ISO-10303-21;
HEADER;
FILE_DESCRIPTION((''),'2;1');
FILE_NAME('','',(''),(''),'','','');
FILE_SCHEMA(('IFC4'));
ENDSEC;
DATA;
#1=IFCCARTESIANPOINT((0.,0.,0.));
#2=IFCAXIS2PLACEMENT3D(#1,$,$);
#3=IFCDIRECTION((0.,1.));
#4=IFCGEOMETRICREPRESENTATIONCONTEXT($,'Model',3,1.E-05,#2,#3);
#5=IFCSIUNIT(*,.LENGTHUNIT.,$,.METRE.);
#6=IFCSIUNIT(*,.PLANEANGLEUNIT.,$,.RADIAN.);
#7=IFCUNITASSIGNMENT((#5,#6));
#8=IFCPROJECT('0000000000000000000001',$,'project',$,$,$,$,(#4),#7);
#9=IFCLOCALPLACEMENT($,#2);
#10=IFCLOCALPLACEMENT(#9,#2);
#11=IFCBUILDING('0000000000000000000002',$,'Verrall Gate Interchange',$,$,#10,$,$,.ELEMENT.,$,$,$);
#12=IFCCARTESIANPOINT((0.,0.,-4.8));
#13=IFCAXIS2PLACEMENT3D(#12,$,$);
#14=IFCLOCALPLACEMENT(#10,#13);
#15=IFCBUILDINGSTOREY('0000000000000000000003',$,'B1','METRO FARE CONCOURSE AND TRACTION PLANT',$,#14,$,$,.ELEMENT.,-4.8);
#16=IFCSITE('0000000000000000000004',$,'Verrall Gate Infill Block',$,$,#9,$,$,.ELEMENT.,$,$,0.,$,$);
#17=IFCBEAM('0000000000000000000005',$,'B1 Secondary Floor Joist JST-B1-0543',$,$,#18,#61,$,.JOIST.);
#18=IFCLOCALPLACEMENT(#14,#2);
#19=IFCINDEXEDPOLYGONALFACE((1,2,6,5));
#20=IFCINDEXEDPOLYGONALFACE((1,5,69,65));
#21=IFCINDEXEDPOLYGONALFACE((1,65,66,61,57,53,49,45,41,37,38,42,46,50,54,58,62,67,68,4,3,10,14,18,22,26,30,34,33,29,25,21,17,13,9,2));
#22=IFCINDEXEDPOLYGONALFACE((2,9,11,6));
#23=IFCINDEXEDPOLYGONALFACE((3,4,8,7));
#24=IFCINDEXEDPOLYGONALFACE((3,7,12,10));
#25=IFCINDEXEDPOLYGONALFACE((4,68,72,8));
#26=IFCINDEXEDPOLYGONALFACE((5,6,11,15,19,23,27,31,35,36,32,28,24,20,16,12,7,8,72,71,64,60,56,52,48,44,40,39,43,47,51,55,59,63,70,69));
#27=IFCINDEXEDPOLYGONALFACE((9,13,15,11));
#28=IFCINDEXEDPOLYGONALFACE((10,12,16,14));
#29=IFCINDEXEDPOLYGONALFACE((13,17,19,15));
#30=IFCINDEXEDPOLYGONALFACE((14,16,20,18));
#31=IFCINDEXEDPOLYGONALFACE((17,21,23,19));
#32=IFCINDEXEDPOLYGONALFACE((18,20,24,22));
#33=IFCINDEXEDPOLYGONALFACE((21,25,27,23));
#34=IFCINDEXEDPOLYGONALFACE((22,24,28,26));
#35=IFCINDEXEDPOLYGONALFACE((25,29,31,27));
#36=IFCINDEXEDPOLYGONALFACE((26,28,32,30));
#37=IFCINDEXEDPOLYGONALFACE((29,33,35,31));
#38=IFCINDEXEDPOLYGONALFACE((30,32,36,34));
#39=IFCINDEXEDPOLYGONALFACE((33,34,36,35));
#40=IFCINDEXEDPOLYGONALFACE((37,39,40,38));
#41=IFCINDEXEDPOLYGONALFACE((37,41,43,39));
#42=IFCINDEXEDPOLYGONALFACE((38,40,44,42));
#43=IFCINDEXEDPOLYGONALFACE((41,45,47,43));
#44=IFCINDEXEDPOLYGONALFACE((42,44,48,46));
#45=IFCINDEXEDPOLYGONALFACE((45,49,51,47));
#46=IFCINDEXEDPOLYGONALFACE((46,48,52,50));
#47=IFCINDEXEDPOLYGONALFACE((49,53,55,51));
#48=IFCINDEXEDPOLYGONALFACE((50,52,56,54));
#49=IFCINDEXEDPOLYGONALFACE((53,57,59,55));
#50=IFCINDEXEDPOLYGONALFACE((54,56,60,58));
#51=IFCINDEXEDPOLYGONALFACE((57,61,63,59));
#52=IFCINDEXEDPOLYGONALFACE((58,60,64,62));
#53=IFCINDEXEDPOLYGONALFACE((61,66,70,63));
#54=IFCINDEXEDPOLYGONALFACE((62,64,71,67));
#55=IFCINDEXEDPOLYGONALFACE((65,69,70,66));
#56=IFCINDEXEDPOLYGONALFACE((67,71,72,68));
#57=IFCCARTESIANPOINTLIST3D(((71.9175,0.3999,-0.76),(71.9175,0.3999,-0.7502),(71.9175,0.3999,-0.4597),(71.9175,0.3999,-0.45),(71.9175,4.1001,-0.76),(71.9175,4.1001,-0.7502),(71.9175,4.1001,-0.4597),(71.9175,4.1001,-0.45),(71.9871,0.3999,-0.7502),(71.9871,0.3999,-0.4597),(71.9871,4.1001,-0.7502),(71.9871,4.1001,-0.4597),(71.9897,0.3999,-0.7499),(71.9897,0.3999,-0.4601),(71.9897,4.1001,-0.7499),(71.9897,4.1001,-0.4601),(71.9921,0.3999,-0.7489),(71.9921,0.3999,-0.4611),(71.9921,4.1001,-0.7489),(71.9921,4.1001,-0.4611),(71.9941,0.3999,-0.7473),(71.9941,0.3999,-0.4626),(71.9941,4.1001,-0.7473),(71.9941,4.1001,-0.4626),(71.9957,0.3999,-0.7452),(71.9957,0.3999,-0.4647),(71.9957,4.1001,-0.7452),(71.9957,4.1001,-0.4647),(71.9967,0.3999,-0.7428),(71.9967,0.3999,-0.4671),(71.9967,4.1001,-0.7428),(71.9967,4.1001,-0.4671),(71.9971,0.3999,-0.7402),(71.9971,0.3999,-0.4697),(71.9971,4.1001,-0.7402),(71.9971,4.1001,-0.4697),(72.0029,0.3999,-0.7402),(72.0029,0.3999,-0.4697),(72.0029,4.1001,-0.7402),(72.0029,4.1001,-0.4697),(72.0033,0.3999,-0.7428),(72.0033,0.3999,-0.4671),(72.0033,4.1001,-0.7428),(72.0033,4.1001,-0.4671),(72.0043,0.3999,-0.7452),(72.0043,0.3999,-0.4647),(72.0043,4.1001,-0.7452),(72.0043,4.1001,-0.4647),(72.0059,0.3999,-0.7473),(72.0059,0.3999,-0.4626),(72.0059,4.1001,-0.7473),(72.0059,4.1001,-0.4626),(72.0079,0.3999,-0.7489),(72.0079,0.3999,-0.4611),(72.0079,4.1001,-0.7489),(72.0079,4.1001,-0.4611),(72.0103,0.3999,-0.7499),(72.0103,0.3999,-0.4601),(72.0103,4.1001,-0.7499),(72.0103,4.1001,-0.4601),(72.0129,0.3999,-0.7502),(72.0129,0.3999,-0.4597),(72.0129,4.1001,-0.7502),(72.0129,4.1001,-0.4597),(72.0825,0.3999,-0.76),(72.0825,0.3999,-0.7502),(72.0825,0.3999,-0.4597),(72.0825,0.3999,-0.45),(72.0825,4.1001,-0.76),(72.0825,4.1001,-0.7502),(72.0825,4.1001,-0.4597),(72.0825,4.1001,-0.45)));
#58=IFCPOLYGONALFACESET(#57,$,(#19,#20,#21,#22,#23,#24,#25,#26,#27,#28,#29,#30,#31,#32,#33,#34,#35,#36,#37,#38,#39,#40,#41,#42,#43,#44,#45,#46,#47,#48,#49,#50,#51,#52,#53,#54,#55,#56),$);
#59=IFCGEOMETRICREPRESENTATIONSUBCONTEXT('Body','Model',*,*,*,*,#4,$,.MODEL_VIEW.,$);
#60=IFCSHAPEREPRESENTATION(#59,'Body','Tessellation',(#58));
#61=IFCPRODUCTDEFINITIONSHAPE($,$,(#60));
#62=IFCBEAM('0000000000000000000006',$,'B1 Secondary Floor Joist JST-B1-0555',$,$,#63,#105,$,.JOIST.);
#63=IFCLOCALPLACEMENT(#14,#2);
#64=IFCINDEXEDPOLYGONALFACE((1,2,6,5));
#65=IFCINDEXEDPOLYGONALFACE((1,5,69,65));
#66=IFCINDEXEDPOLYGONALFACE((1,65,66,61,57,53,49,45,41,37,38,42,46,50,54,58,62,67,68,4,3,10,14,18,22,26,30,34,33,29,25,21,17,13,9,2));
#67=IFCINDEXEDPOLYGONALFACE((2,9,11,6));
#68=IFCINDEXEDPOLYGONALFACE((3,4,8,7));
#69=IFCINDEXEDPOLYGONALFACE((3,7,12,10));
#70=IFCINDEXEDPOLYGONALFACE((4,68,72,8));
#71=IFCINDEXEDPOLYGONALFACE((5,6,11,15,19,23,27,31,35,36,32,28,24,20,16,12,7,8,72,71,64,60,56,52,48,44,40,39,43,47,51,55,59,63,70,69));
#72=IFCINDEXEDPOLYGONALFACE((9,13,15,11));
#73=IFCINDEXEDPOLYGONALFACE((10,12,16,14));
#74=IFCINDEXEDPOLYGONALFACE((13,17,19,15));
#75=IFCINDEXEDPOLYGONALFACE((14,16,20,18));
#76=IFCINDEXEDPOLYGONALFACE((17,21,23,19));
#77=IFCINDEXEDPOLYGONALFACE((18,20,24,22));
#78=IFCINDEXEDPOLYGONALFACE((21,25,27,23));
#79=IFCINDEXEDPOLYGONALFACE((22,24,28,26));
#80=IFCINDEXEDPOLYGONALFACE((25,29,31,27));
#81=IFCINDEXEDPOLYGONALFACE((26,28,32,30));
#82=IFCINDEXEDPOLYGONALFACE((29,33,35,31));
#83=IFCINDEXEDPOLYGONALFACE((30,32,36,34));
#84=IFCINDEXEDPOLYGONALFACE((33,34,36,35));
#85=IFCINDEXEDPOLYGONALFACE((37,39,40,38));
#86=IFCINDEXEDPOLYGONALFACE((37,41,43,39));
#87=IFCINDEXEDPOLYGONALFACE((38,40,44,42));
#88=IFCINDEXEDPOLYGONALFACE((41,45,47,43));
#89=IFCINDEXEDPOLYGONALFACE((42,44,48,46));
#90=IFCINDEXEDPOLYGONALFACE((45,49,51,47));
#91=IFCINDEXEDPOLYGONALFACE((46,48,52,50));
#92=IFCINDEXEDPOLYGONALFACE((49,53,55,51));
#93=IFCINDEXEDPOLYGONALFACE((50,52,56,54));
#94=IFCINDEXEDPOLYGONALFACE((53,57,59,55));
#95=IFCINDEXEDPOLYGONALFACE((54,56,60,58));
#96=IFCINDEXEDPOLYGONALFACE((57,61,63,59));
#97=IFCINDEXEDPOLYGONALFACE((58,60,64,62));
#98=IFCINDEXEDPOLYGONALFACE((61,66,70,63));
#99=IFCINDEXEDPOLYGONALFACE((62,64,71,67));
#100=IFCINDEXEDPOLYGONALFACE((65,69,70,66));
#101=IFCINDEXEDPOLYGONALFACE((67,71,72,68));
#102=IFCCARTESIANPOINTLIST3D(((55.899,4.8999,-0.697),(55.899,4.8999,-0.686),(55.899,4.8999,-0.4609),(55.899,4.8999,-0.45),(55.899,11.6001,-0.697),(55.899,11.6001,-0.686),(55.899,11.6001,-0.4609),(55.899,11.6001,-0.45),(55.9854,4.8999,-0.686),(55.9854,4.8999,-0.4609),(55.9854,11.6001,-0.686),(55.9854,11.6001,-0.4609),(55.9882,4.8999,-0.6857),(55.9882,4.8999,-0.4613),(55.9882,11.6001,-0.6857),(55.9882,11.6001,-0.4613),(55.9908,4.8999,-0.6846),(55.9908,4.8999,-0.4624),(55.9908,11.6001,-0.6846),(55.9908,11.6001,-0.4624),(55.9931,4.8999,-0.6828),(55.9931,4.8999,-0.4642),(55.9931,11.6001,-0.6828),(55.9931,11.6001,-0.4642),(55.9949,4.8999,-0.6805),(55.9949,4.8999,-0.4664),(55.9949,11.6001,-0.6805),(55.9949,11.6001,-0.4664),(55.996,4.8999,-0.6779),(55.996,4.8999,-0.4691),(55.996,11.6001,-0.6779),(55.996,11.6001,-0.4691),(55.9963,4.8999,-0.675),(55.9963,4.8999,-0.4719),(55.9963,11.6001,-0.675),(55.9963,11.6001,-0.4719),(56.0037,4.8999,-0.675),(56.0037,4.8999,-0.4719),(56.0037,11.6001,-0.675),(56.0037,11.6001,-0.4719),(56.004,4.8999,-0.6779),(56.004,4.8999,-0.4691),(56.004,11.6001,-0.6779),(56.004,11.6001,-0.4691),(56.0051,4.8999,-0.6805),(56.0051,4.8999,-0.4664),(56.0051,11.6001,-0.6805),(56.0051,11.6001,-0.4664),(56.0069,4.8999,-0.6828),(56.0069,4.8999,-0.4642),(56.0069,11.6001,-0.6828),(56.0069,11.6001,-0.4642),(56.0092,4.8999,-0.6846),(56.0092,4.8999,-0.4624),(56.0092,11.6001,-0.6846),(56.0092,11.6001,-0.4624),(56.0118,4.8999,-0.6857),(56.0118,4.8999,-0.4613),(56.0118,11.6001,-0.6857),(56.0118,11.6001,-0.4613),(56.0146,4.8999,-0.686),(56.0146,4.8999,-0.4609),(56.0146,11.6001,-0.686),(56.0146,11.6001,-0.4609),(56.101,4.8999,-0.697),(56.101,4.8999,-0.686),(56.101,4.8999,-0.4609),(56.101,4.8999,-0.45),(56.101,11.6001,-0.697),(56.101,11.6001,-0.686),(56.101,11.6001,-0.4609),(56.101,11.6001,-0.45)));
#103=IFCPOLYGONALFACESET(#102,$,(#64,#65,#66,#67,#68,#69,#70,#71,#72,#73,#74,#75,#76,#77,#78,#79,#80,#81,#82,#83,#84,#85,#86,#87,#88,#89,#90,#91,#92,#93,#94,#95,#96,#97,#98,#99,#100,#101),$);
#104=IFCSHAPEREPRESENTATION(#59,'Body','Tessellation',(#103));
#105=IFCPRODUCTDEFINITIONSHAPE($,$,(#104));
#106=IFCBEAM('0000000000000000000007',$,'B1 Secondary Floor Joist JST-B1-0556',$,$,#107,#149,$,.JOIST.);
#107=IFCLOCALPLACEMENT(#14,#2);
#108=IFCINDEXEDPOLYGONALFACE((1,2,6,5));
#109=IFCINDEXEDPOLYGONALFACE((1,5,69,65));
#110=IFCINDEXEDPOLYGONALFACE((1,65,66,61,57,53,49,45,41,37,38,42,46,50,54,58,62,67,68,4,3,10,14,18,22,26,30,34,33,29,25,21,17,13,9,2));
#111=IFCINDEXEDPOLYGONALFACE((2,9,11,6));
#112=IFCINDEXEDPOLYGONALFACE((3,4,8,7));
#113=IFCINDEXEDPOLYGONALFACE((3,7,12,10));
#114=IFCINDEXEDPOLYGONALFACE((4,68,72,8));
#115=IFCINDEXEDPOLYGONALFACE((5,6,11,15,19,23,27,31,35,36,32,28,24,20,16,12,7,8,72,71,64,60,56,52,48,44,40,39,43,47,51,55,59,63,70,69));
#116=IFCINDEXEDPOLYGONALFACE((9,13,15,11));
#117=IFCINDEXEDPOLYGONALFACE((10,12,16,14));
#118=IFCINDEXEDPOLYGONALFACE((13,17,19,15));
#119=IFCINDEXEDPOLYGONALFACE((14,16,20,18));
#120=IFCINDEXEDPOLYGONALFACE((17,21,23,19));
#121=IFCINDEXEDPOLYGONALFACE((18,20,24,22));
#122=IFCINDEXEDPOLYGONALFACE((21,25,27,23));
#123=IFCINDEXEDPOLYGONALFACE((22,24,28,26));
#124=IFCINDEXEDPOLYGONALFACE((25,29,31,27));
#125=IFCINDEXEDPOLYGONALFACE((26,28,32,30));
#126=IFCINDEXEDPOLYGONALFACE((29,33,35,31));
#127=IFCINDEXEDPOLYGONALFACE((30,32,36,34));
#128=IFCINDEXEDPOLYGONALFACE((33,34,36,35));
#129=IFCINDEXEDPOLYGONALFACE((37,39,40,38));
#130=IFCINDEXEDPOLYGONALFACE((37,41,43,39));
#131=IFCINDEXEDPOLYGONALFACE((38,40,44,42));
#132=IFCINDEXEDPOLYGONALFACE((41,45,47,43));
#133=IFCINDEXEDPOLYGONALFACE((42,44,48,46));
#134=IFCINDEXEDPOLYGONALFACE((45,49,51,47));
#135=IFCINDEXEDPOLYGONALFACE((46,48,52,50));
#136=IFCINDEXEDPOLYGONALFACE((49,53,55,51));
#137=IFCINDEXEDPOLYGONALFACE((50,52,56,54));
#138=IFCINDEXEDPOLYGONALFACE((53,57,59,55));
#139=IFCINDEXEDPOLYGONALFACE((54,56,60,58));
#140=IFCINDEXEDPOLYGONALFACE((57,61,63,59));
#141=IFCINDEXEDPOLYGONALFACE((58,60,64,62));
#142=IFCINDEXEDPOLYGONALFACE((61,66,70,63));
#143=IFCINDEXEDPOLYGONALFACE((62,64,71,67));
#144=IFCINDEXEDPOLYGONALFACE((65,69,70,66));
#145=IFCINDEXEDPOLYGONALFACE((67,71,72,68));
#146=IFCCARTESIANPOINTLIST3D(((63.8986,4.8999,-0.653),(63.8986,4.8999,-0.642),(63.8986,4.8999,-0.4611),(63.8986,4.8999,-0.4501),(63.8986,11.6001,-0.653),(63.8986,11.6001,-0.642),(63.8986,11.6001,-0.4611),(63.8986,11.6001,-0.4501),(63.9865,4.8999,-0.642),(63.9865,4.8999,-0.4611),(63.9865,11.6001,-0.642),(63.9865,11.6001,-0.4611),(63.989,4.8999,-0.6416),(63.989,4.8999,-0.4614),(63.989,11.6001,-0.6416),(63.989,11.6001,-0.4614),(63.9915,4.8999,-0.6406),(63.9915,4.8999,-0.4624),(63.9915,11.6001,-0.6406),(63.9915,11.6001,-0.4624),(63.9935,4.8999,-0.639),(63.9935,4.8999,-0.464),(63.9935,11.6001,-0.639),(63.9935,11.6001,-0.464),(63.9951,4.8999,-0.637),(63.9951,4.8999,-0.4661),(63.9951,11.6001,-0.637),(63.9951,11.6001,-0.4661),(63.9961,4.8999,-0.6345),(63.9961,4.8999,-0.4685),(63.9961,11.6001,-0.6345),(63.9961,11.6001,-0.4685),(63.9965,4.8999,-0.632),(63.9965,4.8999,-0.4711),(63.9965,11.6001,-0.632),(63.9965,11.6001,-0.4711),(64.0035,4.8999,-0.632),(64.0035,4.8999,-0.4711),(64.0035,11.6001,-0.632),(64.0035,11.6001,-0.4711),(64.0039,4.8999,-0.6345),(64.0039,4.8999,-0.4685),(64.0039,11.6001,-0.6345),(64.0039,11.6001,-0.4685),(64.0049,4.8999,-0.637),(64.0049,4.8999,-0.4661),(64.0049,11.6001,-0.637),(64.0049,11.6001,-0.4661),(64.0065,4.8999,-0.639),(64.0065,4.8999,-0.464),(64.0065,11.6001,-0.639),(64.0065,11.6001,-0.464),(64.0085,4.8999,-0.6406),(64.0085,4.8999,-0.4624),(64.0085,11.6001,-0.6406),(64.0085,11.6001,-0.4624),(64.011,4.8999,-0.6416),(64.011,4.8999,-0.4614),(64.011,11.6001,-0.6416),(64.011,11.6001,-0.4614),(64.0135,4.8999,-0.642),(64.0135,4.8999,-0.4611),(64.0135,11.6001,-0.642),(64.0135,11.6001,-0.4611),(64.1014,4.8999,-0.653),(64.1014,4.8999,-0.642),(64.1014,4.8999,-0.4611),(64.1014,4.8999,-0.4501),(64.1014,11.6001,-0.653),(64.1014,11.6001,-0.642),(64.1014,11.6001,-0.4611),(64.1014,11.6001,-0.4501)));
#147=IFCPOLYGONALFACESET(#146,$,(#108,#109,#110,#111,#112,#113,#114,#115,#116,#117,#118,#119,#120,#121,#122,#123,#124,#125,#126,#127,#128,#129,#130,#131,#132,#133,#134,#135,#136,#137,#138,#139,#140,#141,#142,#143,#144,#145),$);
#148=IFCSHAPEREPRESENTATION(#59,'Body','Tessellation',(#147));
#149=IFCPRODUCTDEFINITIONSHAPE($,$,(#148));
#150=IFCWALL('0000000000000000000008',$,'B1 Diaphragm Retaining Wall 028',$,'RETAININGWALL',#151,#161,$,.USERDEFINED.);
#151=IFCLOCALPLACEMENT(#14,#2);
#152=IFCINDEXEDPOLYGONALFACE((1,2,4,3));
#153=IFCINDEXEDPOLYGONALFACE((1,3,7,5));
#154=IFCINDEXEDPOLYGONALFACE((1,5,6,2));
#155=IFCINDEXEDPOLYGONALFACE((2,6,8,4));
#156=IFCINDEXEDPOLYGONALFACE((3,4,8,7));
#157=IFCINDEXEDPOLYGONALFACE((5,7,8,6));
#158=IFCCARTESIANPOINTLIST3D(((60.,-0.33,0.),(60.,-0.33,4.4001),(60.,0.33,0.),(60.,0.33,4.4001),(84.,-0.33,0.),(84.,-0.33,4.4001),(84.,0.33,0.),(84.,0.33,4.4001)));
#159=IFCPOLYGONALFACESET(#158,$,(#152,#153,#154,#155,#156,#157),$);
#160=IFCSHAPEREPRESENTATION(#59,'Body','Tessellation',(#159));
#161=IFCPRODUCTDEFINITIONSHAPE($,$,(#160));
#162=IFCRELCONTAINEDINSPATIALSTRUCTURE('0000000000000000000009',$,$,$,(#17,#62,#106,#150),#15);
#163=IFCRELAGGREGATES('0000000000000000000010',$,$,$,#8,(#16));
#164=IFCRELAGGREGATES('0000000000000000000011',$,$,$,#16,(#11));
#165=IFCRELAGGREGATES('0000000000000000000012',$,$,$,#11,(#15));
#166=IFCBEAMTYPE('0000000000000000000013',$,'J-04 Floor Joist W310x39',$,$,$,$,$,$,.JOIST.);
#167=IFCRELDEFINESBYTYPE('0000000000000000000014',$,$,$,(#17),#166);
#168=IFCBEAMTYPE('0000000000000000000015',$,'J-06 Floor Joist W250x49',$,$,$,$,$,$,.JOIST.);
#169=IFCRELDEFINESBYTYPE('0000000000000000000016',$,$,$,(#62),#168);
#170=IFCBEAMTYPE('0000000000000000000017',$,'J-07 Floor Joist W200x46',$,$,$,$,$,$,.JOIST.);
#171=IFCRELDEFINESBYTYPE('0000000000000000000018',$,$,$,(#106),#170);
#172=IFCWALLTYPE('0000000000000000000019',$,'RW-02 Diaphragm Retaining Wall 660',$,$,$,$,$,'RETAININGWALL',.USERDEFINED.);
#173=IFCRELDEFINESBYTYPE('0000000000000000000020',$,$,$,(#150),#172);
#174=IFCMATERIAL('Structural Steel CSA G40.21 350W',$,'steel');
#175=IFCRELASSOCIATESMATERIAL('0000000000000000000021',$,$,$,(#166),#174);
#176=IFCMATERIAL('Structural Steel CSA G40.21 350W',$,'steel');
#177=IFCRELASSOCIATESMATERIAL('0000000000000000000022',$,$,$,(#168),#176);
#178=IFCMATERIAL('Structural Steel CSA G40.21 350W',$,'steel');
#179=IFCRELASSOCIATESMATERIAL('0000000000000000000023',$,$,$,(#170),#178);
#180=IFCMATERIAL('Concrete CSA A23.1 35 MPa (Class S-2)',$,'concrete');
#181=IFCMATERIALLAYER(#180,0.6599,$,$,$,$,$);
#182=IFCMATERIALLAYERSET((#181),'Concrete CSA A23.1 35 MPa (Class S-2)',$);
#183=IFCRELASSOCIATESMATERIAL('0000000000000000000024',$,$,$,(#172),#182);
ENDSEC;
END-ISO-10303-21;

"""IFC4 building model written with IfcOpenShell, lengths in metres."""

from ifc_helpers import new_model, si_unit, direction, frame, frame_2d, origin, origin_2d, place, context, subcontext, project, spatial, rectangle, i_section, extrude, material, layer, layer_set, material_profile, profile_set, type_object, element, save


model = new_model("IFC4")

# Units and contexts
model_context = context("Model", 3, precision=1e-05, world=origin(), true_north=direction((0.0, 1.0)))
body_context = subcontext(model_context, "Body", "Model", "MODEL_VIEW")
ifc_project = project(units=[si_unit("LENGTHUNIT", "METRE"), si_unit("PLANEANGLEUNIT", "RADIAN")], contexts=[model_context])

# Site, building, storey
site_placement = place(None, origin())
site = spatial("IfcSite", under=ifc_project, at=site_placement, Name="Verrall Gate Infill Block", CompositionType="ELEMENT", RefElevation=0.0)
building_placement = place(site_placement, origin())
building = spatial("IfcBuilding", under=site, at=building_placement, Name="Verrall Gate Interchange", CompositionType="ELEMENT")
storey_placement = place(building_placement, frame((0.0, 0.0, -4.8)))
storey = spatial("IfcBuildingStorey", under=building, at=storey_placement, Name="B1", Description="METRO FARE CONCOURSE AND TRACTION PLANT", CompositionType="ELEMENT", Elevation=-4.8)

# Beams
ifc_material_1 = material(Name="Structural Steel CSA G40.21 350W", Category="steel")
ifc_material_profile_1 = material_profile(ifc_material_1, i_section(OverallWidth=0.165, OverallDepth=0.3101, WebThickness=0.0059, FlangeThickness=0.0098, FilletRadius=0.01, at=origin_2d()), Name="W310x39")
ifc_profile_set_1 = profile_set([ifc_material_profile_1], Name="Structural Steel CSA G40.21 350W")
beam_type_1 = type_object("IfcBeamType", Name="J-04 Floor Joist W310x39", PredefinedType="JOIST", material=ifc_profile_set_1)
beam_1_placement = place(storey_placement, frame((72.0, 0.3999, -0.605), z_axis=(0.0, 1.0, 0.0), x_axis=(-1.0, 0.0, 0.0)))
element("IfcBeam", 1, at=beam_1_placement, inside=storey, type_object=beam_type_1, Name="B1 Secondary Floor Joist JST-B1-0543", PredefinedType="JOIST", context=body_context, shape_type="SweptSolid", body=[
    extrude(i_section(OverallWidth=0.165, OverallDepth=0.3101, WebThickness=0.0059, FlangeThickness=0.0098, FilletRadius=0.01, at=origin_2d()), origin(), (0.0, 0.0, 1.0), 3.7002),
])
ifc_material_2 = material(Name="Structural Steel CSA G40.21 350W", Category="steel")
ifc_material_profile_2 = material_profile(ifc_material_2, i_section(OverallWidth=0.2019, OverallDepth=0.2471, WebThickness=0.0073, FlangeThickness=0.011, FilletRadius=0.011, at=origin_2d()), Name="W250x49")
ifc_profile_set_2 = profile_set([ifc_material_profile_2], Name="Structural Steel CSA G40.21 350W")
beam_type_2 = type_object("IfcBeamType", Name="J-06 Floor Joist W250x49", PredefinedType="JOIST", material=ifc_profile_set_2)
beam_2_placement = place(storey_placement, frame((56.0, 4.8999, -0.5735), z_axis=(0.0, 1.0, 0.0), x_axis=(-1.0, 0.0, 0.0)))
element("IfcBeam", 2, at=beam_2_placement, inside=storey, type_object=beam_type_2, Name="B1 Secondary Floor Joist JST-B1-0555", PredefinedType="JOIST", context=body_context, shape_type="SweptSolid", body=[
    extrude(i_section(OverallWidth=0.2019, OverallDepth=0.2471, WebThickness=0.0073, FlangeThickness=0.011, FilletRadius=0.011, at=origin_2d()), origin(), (0.0, 0.0, 1.0), 6.7002),
])
ifc_material_3 = material(Name="Structural Steel CSA G40.21 350W", Category="steel")
ifc_material_profile_3 = material_profile(ifc_material_3, i_section(OverallWidth=0.2029, OverallDepth=0.2029, WebThickness=0.0071, FlangeThickness=0.011, FilletRadius=0.01, at=origin_2d()), Name="W200x46")
ifc_profile_set_3 = profile_set([ifc_material_profile_3], Name="Structural Steel CSA G40.21 350W")
beam_type_3 = type_object("IfcBeamType", Name="J-07 Floor Joist W200x46", PredefinedType="JOIST", material=ifc_profile_set_3)
beam_3_placement = place(storey_placement, frame((64.0, 4.8999, -0.5515), z_axis=(0.0, 1.0, 0.0), x_axis=(-1.0, 0.0, 0.0)))
element("IfcBeam", 3, at=beam_3_placement, inside=storey, type_object=beam_type_3, Name="B1 Secondary Floor Joist JST-B1-0556", PredefinedType="JOIST", context=body_context, shape_type="SweptSolid", body=[
    extrude(i_section(OverallWidth=0.2029, OverallDepth=0.2029, WebThickness=0.0071, FlangeThickness=0.011, FilletRadius=0.01, at=origin_2d()), origin(), (0.0, 0.0, 1.0), 6.7002),
])

# Wall
ifc_material_4 = material(Name="Concrete CSA A23.1 35 MPa (Class S-2)", Category="concrete")
ifc_layer = layer(ifc_material_4, 0.6599)
ifc_layer_set = layer_set([ifc_layer], Name="Concrete CSA A23.1 35 MPa (Class S-2)")
wall_type = type_object("IfcWallType", Name="RW-02 Diaphragm Retaining Wall 660", ElementType="RETAININGWALL", PredefinedType="USERDEFINED", material=ifc_layer_set)
wall_placement = place(storey_placement, frame((60.0, 0.0, 0.0), z_axis=(0.0, 0.0, 1.0), x_axis=(1.0, 0.0, 0.0)))
element("IfcWall", 4, at=wall_placement, inside=storey, type_object=wall_type, Name="B1 Diaphragm Retaining Wall 028", ObjectType="RETAININGWALL", PredefinedType="USERDEFINED", context=body_context, shape_type="SweptSolid", body=[
    extrude(rectangle(XDim=24.0, YDim=0.6599, at=frame_2d((12.0, 0.0))), origin(), (0.0, 0.0, 1.0), 4.4001),
])

save(model, "model.ifc")
